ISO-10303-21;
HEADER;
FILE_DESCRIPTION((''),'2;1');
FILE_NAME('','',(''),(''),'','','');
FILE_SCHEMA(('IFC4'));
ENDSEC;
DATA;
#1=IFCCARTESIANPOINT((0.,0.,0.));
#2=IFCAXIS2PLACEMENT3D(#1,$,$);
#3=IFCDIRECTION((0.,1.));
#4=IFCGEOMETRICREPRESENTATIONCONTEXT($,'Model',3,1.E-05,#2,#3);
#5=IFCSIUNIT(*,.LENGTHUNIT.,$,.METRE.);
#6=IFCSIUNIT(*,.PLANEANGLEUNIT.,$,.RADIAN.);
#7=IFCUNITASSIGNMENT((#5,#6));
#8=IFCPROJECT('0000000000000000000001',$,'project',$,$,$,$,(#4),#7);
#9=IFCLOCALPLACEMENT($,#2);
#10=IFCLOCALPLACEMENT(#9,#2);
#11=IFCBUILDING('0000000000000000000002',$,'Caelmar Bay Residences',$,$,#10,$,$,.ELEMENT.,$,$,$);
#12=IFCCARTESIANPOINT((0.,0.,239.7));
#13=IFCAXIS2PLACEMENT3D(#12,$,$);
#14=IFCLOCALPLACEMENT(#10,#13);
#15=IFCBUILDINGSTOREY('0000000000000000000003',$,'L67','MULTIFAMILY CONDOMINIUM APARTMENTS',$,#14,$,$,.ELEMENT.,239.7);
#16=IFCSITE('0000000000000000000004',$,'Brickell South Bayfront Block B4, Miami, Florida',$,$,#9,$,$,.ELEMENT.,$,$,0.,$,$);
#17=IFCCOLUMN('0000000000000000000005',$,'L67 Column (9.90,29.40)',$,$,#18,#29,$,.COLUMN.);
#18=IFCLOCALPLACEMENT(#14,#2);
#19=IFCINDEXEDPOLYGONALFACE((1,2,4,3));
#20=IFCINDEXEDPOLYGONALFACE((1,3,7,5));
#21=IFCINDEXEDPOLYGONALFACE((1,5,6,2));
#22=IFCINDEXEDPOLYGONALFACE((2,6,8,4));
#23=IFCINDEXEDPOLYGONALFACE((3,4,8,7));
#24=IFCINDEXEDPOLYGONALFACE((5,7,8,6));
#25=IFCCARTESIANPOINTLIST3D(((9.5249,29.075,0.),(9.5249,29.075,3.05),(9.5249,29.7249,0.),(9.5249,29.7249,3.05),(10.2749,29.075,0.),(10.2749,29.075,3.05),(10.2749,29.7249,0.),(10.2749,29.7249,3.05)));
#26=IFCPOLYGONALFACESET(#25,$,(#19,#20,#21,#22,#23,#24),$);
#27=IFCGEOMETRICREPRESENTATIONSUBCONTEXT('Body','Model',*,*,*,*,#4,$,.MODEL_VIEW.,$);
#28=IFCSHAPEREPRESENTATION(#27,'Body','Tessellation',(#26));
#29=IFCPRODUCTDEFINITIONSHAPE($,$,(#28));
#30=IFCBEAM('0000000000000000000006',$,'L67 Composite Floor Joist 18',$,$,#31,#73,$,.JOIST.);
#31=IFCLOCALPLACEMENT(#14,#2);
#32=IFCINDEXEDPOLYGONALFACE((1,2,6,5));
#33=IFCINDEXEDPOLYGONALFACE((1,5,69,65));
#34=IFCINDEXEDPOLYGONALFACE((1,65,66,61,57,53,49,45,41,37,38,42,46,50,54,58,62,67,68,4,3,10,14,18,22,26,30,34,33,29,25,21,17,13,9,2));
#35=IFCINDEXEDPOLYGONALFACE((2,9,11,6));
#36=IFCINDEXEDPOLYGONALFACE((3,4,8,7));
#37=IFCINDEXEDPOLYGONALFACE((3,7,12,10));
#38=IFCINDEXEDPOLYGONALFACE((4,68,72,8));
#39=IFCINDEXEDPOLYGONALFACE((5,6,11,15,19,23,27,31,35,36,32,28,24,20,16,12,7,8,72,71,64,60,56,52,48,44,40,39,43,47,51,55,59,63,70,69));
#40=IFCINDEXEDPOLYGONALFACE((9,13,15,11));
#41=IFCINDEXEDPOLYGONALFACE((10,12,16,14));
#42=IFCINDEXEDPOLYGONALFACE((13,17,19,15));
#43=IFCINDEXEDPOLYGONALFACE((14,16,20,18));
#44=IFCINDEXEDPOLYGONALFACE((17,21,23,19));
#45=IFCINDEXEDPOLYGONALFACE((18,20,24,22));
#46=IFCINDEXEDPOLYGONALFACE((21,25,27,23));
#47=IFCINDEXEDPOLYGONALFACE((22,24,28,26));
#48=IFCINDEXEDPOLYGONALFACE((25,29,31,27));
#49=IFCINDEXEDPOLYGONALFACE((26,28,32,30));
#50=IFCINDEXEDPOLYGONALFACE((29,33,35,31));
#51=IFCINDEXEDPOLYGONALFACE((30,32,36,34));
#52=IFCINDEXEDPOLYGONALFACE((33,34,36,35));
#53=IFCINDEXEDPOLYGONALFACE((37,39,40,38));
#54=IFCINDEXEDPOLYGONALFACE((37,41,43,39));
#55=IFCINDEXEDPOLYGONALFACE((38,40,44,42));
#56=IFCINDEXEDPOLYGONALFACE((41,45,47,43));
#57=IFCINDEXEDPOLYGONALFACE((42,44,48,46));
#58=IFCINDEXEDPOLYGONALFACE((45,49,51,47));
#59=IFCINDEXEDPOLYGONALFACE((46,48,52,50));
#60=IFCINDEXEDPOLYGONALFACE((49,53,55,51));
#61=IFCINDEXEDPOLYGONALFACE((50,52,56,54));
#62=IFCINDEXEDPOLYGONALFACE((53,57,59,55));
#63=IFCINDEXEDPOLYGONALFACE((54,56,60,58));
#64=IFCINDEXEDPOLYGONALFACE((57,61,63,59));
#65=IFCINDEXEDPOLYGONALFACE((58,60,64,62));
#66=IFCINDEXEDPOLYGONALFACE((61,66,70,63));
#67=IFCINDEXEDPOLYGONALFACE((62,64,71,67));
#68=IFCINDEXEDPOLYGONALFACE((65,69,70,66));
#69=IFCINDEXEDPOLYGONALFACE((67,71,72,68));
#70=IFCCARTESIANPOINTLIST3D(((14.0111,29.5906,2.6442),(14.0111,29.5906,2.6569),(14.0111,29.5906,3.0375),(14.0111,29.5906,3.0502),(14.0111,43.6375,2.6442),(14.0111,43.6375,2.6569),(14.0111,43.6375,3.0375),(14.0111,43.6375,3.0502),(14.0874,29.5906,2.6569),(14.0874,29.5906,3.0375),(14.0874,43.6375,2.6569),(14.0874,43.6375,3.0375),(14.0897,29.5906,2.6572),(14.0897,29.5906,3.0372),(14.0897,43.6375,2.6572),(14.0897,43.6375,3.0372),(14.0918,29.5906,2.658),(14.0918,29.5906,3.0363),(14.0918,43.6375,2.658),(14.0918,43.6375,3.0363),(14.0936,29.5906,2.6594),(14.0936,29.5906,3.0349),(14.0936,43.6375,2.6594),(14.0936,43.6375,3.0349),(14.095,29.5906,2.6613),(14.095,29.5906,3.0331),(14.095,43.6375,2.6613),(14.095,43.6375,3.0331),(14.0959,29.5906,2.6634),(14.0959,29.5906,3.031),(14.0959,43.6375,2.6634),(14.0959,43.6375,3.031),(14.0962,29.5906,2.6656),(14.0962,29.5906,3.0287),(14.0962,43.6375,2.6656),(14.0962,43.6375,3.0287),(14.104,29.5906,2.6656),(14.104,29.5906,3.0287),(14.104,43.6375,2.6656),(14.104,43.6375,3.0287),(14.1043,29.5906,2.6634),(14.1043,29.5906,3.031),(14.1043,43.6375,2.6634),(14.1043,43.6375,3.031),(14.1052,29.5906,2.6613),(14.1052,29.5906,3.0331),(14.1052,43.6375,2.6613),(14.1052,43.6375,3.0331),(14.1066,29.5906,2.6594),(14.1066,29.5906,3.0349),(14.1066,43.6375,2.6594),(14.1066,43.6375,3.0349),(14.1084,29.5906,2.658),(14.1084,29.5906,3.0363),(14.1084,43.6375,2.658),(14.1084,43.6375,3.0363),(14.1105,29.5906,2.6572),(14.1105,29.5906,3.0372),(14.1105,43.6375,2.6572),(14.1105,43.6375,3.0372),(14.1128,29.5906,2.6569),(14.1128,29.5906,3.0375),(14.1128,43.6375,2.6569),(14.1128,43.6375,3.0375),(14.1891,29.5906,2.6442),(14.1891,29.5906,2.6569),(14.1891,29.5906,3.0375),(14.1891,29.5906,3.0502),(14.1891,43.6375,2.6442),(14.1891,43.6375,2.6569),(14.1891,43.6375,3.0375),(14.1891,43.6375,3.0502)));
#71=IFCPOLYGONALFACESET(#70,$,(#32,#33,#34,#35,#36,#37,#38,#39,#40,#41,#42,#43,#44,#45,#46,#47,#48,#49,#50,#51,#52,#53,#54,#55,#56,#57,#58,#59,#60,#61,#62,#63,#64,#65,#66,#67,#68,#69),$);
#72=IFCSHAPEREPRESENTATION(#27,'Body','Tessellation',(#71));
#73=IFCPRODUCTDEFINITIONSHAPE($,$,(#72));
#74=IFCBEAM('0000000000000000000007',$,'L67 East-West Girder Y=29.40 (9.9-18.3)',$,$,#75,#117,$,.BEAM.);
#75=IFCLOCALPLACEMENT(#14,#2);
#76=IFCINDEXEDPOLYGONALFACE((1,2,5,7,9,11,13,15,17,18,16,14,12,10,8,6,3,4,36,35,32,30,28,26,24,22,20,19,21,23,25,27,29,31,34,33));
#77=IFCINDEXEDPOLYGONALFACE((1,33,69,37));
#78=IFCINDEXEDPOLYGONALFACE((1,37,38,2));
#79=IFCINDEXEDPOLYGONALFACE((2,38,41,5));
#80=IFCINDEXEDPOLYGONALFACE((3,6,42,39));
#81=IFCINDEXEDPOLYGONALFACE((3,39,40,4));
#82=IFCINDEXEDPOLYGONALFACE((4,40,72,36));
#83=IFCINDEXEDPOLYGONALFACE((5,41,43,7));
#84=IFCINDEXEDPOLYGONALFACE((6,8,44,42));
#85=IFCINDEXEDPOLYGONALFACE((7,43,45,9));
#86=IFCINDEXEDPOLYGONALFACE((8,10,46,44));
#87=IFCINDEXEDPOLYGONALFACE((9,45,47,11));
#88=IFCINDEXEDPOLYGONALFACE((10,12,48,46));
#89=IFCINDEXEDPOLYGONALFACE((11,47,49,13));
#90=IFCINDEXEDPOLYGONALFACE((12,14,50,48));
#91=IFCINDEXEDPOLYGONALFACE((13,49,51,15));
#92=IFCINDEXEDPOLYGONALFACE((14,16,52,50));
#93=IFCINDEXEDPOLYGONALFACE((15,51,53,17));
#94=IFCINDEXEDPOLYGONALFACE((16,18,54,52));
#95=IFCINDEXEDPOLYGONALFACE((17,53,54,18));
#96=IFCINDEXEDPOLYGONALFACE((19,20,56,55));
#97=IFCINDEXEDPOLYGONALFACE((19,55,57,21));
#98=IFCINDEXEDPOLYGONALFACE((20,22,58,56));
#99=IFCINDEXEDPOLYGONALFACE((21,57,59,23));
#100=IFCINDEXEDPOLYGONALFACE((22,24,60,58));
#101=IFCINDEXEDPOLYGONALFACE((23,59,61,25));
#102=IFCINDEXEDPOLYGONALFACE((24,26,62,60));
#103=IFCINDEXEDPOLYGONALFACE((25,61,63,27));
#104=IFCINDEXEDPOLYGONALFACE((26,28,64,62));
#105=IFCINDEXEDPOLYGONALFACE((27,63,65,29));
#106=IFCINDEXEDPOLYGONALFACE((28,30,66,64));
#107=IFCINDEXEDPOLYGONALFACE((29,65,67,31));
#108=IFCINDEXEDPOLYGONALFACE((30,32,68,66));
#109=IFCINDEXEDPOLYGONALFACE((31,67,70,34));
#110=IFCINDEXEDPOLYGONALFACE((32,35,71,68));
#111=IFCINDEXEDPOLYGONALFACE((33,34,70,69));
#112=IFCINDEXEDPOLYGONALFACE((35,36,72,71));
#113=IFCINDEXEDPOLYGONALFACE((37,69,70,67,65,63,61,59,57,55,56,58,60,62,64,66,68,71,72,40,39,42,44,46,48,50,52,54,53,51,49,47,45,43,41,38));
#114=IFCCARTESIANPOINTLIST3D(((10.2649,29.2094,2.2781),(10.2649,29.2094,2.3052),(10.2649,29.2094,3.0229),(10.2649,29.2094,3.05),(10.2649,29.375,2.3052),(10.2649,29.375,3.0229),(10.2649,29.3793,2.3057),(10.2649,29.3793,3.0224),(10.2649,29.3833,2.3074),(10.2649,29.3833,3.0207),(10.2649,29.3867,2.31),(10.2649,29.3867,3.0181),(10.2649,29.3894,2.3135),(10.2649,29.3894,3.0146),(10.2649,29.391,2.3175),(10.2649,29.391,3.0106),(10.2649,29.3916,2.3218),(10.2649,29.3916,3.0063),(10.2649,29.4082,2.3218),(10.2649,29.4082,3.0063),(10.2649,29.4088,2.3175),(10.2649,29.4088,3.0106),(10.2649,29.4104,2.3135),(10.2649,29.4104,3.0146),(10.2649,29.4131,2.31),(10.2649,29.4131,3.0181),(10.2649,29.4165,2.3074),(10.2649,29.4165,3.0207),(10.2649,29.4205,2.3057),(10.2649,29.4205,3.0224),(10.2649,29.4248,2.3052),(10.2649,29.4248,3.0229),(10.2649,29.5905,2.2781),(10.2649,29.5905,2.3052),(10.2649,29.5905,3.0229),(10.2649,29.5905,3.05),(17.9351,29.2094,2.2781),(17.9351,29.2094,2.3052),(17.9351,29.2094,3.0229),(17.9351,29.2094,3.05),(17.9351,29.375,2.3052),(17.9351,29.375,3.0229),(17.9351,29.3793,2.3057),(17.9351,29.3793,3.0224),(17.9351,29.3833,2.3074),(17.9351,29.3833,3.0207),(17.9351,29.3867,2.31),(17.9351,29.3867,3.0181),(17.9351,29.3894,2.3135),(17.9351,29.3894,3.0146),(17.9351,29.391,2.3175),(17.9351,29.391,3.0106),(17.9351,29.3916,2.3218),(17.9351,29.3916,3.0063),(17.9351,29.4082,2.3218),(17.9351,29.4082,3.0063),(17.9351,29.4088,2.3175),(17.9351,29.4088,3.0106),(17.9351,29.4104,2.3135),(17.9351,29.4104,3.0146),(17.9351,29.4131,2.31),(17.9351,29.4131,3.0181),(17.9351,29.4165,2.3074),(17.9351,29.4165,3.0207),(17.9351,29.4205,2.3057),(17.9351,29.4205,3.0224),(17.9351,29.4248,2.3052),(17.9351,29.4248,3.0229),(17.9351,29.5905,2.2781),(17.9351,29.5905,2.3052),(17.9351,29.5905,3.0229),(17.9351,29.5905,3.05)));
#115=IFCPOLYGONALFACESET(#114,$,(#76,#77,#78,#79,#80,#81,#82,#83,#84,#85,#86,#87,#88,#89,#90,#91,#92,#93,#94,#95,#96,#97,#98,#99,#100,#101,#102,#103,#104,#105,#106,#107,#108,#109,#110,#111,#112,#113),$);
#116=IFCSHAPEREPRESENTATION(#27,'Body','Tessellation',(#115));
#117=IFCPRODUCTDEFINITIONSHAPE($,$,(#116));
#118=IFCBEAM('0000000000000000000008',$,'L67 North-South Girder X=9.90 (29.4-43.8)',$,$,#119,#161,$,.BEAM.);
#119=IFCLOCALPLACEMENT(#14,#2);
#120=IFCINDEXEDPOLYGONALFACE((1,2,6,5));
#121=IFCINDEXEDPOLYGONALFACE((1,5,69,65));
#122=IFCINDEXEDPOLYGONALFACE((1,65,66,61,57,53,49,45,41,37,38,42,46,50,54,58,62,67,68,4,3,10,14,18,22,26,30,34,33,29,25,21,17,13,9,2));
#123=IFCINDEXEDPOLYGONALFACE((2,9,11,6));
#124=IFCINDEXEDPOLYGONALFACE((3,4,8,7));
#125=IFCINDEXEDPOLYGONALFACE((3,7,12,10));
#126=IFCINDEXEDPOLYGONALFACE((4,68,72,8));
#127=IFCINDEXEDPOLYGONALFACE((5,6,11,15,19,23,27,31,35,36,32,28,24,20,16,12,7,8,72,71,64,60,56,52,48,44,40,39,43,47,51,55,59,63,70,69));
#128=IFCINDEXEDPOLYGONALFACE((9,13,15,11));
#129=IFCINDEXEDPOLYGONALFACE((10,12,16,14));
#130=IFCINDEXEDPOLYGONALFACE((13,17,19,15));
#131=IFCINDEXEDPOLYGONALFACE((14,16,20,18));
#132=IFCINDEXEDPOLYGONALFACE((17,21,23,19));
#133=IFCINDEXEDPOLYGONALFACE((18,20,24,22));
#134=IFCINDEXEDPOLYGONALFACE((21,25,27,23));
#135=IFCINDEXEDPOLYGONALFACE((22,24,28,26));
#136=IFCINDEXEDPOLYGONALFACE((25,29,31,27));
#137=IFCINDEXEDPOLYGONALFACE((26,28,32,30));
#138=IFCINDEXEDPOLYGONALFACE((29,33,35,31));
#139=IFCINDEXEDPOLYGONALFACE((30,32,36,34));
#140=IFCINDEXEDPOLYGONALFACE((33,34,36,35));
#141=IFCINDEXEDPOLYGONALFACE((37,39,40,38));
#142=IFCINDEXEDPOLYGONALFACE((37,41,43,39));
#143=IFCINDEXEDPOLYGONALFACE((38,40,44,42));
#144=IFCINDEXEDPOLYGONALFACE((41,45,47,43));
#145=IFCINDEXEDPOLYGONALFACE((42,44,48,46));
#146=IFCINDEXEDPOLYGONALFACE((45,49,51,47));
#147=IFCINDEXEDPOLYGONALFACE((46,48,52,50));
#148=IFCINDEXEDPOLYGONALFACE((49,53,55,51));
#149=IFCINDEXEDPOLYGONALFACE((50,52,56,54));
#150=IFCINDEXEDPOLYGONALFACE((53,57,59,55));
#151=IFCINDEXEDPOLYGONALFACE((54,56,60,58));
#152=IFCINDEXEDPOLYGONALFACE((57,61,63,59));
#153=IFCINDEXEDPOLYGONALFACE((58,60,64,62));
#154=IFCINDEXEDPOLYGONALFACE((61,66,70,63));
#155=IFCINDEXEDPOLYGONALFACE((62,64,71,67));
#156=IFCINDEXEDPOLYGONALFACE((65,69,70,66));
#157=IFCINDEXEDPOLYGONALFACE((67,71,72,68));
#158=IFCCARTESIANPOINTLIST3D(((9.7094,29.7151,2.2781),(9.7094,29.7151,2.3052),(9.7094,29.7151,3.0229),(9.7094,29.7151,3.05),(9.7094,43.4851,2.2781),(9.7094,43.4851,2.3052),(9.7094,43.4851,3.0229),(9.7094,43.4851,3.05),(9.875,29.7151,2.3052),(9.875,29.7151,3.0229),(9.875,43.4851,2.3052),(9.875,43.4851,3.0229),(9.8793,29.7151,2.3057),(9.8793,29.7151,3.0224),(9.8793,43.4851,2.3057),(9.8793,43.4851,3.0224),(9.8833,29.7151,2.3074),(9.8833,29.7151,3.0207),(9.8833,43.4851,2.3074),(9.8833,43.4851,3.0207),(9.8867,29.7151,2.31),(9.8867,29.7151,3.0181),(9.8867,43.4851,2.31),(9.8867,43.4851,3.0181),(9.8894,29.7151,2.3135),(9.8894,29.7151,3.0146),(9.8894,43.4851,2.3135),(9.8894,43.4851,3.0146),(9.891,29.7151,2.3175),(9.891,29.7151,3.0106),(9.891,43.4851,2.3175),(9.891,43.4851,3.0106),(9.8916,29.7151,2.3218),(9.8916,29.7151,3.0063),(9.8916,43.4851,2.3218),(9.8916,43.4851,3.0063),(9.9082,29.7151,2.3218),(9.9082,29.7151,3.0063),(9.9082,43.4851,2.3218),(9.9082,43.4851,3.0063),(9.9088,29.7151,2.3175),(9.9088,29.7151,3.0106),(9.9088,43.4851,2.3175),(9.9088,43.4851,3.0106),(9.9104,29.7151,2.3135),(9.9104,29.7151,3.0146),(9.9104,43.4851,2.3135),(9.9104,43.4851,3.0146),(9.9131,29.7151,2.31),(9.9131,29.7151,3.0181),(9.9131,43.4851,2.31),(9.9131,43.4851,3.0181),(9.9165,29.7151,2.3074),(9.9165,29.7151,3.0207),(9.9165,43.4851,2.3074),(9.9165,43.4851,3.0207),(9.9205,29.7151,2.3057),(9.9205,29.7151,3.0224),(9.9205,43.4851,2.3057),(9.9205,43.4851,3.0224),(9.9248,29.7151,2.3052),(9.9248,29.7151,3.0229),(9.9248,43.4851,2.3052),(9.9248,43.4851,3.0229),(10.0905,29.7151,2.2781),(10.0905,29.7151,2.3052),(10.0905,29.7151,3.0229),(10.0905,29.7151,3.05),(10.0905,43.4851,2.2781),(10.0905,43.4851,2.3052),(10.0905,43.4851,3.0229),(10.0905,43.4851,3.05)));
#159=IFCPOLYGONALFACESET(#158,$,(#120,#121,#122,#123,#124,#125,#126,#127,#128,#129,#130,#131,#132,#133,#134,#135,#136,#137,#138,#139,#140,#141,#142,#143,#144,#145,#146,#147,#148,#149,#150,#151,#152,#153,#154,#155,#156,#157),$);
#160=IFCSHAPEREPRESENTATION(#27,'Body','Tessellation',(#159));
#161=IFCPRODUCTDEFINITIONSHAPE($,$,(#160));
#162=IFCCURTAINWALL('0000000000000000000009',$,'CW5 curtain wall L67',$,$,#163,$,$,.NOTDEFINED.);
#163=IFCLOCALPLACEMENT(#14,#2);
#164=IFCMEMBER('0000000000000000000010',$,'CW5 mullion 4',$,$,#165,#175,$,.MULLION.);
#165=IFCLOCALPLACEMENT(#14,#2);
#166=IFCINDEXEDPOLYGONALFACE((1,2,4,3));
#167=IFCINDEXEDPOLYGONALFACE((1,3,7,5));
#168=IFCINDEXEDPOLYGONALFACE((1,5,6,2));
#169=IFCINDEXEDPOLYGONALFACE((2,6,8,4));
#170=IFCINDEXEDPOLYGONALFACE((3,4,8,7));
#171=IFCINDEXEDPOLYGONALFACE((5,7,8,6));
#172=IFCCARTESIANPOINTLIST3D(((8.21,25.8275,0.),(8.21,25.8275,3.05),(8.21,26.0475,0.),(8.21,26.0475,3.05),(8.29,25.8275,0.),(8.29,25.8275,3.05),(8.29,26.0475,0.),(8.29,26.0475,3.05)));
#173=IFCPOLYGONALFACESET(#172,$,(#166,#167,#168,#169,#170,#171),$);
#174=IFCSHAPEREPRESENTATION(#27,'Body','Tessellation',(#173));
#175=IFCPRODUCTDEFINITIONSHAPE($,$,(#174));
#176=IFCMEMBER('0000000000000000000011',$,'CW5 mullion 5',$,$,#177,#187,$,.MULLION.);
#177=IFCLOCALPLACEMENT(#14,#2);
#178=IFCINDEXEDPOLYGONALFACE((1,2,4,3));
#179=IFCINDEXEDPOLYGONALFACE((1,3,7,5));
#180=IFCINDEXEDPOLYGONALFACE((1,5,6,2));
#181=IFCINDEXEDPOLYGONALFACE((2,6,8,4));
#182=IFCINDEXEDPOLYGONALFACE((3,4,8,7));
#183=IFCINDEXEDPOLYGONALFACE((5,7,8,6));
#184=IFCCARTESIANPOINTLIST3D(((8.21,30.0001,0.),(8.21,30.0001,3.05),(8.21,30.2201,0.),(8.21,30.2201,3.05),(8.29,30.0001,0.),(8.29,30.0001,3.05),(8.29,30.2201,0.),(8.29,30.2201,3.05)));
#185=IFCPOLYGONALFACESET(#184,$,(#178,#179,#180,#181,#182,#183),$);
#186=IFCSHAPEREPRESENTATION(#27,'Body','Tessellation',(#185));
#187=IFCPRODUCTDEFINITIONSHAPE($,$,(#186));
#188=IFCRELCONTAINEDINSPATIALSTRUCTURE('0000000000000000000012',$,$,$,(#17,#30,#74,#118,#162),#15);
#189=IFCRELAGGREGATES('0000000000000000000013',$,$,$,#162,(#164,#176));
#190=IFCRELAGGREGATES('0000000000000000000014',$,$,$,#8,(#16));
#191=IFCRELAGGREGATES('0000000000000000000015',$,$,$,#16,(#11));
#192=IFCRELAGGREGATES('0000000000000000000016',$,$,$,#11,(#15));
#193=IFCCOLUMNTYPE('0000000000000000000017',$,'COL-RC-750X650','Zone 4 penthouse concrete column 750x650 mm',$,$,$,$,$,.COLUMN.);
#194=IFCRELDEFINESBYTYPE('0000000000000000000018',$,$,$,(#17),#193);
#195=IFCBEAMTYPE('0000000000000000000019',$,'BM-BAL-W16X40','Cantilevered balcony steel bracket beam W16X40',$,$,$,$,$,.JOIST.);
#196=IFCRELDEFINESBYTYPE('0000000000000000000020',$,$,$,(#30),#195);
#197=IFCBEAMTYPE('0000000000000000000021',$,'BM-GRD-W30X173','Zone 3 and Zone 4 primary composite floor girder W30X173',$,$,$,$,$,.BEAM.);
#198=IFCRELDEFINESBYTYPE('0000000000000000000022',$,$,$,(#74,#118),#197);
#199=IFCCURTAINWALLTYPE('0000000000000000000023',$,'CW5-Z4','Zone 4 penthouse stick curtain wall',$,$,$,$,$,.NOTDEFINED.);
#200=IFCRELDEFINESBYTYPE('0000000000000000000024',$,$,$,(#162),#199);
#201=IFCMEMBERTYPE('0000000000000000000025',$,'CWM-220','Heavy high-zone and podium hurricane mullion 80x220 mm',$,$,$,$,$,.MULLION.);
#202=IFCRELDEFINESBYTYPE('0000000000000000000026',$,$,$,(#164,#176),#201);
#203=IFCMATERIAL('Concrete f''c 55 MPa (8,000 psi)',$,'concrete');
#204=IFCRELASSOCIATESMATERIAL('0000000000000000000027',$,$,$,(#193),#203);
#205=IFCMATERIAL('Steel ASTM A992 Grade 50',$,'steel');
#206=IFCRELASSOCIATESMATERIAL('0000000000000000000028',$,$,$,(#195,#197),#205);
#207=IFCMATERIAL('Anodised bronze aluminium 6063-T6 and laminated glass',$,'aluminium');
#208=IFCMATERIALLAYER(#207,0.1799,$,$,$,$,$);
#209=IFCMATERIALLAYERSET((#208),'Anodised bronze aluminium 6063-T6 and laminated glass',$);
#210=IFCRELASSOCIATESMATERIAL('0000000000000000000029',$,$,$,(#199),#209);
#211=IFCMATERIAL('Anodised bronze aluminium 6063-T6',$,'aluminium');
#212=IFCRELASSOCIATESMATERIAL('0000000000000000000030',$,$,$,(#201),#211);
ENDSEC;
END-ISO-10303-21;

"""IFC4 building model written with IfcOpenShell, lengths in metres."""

from ifc_helpers import new_model, si_unit, direction, frame, origin, origin_2d, place, context, subcontext, project, spatial, rectangle, i_section, extrude, material, layer, layer_set, material_profile, profile_set, type_object, element, aggregate, save


model = new_model("IFC4")

# Units and contexts
model_context = context("Model", 3, precision=1e-05, world=origin(), true_north=direction((0.0, 1.0)))
body_context = subcontext(model_context, "Body", "Model", "MODEL_VIEW")
ifc_project = project(units=[si_unit("LENGTHUNIT", "METRE"), si_unit("PLANEANGLEUNIT", "RADIAN")], contexts=[model_context])

# Site, building, storey
site_placement = place(None, origin())
site = spatial("IfcSite", under=ifc_project, at=site_placement, Name="Brickell South Bayfront Block B4, Miami, Florida", CompositionType="ELEMENT", RefElevation=0.0)
building_placement = place(site_placement, origin())
building = spatial("IfcBuilding", under=site, at=building_placement, Name="Caelmar Bay Residences", CompositionType="ELEMENT")
storey_placement = place(building_placement, frame((0.0, 0.0, 239.7)))
storey = spatial("IfcBuildingStorey", under=building, at=storey_placement, Name="L67", Description="MULTIFAMILY CONDOMINIUM APARTMENTS", CompositionType="ELEMENT", Elevation=239.7)

# Column
ifc_material_1 = material(Name="Concrete f'c 55 MPa (8,000 psi)", Category="concrete")
ifc_material_profile_1 = material_profile(ifc_material_1, rectangle(XDim=0.75, YDim=0.6499, at=origin_2d()), Name="RC-COL-750X650")
ifc_profile_set_1 = profile_set([ifc_material_profile_1], Name="Concrete f'c 55 MPa (8,000 psi)")
column_type = type_object("IfcColumnType", Name="COL-RC-750X650", Description="Zone 4 penthouse concrete column 750x650 mm", PredefinedType="COLUMN", material=ifc_profile_set_1)
column_placement = place(storey_placement, frame((9.8999, 29.3999, 0.0), z_axis=(0.0, 0.0, 1.0), x_axis=(1.0, 0.0, 0.0)))
element("IfcColumn", 1, at=column_placement, inside=storey, type_object=column_type, Name="L67 Column (9.90,29.40)", PredefinedType="COLUMN", context=body_context, shape_type="SweptSolid", body=[
    extrude(rectangle(XDim=0.75, YDim=0.6499, at=origin_2d()), origin(), (0.0, 0.0, 1.0), 3.05),
])

# Beams
ifc_material_2 = material(Name="Steel ASTM A992 Grade 50", Category="steel")
ifc_material_profile_2 = material_profile(ifc_material_2, i_section(OverallWidth=0.178, OverallDepth=0.406, WebThickness=0.0078, FlangeThickness=0.0127, FilletRadius=0.0088, at=origin_2d()), Name="W16X40")
ifc_profile_set_2 = profile_set([ifc_material_profile_2], Name="Steel ASTM A992 Grade 50")
beam_type_1 = type_object("IfcBeamType", Name="BM-BAL-W16X40", Description="Cantilevered balcony steel bracket beam W16X40", PredefinedType="JOIST", material=ifc_profile_set_2)
beam_1_placement = place(storey_placement, frame((14.1001, 29.5906, 2.8472), z_axis=(0.0, 1.0, 0.0), x_axis=(-1.0, 0.0, 0.0)))
element("IfcBeam", 2, at=beam_1_placement, inside=storey, type_object=beam_type_1, Name="L67 Composite Floor Joist 18", PredefinedType="JOIST", context=body_context, shape_type="SweptSolid", body=[
    extrude(i_section(OverallWidth=0.178, OverallDepth=0.406, WebThickness=0.0078, FlangeThickness=0.0127, FilletRadius=0.0088, at=origin_2d()), origin(), (0.0, 0.0, 1.0), 14.0469),
])
ifc_material_profile_3 = material_profile(ifc_material_2, i_section(OverallWidth=0.3811, OverallDepth=0.772, WebThickness=0.0166, FlangeThickness=0.0271, FilletRadius=0.0166, at=origin_2d()), Name="W30X173")
ifc_profile_set_3 = profile_set([ifc_material_profile_3], Name="Steel ASTM A992 Grade 50")
beam_type_2 = type_object("IfcBeamType", Name="BM-GRD-W30X173", Description="Zone 3 and Zone 4 primary composite floor girder W30X173", PredefinedType="BEAM", material=ifc_profile_set_3)
beam_2_placement = place(storey_placement, frame((10.2649, 29.3999, 2.6641), z_axis=(1.0, 0.0, 0.0), x_axis=(0.0, 1.0, 0.0)))
element("IfcBeam", 3, at=beam_2_placement, inside=storey, type_object=beam_type_2, Name="L67 East-West Girder Y=29.40 (9.9-18.3)", PredefinedType="BEAM", context=body_context, shape_type="SweptSolid", body=[
    extrude(i_section(OverallWidth=0.3811, OverallDepth=0.772, WebThickness=0.0166, FlangeThickness=0.0271, FilletRadius=0.0166, at=origin_2d()), origin(), (0.0, 0.0, 1.0), 7.6702),
])
beam_3_placement = place(storey_placement, frame((9.8999, 29.7151, 2.6641), z_axis=(0.0, 1.0, 0.0), x_axis=(-1.0, 0.0, 0.0)))
element("IfcBeam", 4, at=beam_3_placement, inside=storey, type_object=beam_type_2, Name="L67 North-South Girder X=9.90 (29.4-43.8)", PredefinedType="BEAM", context=body_context, shape_type="SweptSolid", body=[
    extrude(i_section(OverallWidth=0.3811, OverallDepth=0.772, WebThickness=0.0166, FlangeThickness=0.0271, FilletRadius=0.0166, at=origin_2d()), origin(), (0.0, 0.0, 1.0), 13.77),
])

# Curtain wall, members
ifc_material_3 = material(Name="Anodised bronze aluminium 6063-T6 and laminated glass", Category="aluminium")
ifc_layer_1 = layer(ifc_material_3, 0.1799)
ifc_layer_set_1 = layer_set([ifc_layer_1], Name="Anodised bronze aluminium 6063-T6 and laminated glass")
curtain_wall_type = type_object("IfcCurtainWallType", Name="CW5-Z4", Description="Zone 4 penthouse stick curtain wall", PredefinedType="NOTDEFINED", material=ifc_layer_set_1)
curtain_wall_placement = place(storey_placement, origin())
curtain_wall = element("IfcCurtainWall", 5, at=curtain_wall_placement, inside=storey, type_object=curtain_wall_type, Name="CW5 curtain wall L67", PredefinedType="NOTDEFINED")
ifc_material_4 = material(Name="Anodised bronze aluminium 6063-T6", Category="aluminium")
ifc_material_profile_4 = material_profile(ifc_material_4, rectangle(XDim=0.0801, YDim=0.22, at=origin_2d()), Name="CWM-80X220")
ifc_profile_set_4 = profile_set([ifc_material_profile_4], Name="Anodised bronze aluminium 6063-T6")
member_type_1 = type_object("IfcMemberType", Name="CWM-220", Description="Heavy high-zone and podium hurricane mullion 80x220 mm", PredefinedType="MULLION", material=ifc_profile_set_4)
member_1_placement = place(storey_placement, frame((8.25, 25.9375, 0.0), z_axis=(0.0, 0.0, 1.0), x_axis=(-1.0, 0.0, 0.0)))
member_1 = element("IfcMember", 6, at=member_1_placement, type_object=member_type_1, Name="CW5 mullion 4", PredefinedType="MULLION", context=body_context, shape_type="SweptSolid", body=[
    extrude(rectangle(XDim=0.0801, YDim=0.22, at=origin_2d()), origin(), (0.0, 0.0, 1.0), 3.05),
])
member_2_placement = place(storey_placement, frame((8.25, 30.1101, 0.0), z_axis=(0.0, 0.0, 1.0), x_axis=(-1.0, 0.0, 0.0)))
member_2 = element("IfcMember", 7, at=member_2_placement, type_object=member_type_1, Name="CW5 mullion 5", PredefinedType="MULLION", context=body_context, shape_type="SweptSolid", body=[
    extrude(rectangle(XDim=0.0801, YDim=0.22, at=origin_2d()), origin(), (0.0, 0.0, 1.0), 3.05),
])
aggregate(curtain_wall, [member_1, member_2])

save(model, "model.ifc")
